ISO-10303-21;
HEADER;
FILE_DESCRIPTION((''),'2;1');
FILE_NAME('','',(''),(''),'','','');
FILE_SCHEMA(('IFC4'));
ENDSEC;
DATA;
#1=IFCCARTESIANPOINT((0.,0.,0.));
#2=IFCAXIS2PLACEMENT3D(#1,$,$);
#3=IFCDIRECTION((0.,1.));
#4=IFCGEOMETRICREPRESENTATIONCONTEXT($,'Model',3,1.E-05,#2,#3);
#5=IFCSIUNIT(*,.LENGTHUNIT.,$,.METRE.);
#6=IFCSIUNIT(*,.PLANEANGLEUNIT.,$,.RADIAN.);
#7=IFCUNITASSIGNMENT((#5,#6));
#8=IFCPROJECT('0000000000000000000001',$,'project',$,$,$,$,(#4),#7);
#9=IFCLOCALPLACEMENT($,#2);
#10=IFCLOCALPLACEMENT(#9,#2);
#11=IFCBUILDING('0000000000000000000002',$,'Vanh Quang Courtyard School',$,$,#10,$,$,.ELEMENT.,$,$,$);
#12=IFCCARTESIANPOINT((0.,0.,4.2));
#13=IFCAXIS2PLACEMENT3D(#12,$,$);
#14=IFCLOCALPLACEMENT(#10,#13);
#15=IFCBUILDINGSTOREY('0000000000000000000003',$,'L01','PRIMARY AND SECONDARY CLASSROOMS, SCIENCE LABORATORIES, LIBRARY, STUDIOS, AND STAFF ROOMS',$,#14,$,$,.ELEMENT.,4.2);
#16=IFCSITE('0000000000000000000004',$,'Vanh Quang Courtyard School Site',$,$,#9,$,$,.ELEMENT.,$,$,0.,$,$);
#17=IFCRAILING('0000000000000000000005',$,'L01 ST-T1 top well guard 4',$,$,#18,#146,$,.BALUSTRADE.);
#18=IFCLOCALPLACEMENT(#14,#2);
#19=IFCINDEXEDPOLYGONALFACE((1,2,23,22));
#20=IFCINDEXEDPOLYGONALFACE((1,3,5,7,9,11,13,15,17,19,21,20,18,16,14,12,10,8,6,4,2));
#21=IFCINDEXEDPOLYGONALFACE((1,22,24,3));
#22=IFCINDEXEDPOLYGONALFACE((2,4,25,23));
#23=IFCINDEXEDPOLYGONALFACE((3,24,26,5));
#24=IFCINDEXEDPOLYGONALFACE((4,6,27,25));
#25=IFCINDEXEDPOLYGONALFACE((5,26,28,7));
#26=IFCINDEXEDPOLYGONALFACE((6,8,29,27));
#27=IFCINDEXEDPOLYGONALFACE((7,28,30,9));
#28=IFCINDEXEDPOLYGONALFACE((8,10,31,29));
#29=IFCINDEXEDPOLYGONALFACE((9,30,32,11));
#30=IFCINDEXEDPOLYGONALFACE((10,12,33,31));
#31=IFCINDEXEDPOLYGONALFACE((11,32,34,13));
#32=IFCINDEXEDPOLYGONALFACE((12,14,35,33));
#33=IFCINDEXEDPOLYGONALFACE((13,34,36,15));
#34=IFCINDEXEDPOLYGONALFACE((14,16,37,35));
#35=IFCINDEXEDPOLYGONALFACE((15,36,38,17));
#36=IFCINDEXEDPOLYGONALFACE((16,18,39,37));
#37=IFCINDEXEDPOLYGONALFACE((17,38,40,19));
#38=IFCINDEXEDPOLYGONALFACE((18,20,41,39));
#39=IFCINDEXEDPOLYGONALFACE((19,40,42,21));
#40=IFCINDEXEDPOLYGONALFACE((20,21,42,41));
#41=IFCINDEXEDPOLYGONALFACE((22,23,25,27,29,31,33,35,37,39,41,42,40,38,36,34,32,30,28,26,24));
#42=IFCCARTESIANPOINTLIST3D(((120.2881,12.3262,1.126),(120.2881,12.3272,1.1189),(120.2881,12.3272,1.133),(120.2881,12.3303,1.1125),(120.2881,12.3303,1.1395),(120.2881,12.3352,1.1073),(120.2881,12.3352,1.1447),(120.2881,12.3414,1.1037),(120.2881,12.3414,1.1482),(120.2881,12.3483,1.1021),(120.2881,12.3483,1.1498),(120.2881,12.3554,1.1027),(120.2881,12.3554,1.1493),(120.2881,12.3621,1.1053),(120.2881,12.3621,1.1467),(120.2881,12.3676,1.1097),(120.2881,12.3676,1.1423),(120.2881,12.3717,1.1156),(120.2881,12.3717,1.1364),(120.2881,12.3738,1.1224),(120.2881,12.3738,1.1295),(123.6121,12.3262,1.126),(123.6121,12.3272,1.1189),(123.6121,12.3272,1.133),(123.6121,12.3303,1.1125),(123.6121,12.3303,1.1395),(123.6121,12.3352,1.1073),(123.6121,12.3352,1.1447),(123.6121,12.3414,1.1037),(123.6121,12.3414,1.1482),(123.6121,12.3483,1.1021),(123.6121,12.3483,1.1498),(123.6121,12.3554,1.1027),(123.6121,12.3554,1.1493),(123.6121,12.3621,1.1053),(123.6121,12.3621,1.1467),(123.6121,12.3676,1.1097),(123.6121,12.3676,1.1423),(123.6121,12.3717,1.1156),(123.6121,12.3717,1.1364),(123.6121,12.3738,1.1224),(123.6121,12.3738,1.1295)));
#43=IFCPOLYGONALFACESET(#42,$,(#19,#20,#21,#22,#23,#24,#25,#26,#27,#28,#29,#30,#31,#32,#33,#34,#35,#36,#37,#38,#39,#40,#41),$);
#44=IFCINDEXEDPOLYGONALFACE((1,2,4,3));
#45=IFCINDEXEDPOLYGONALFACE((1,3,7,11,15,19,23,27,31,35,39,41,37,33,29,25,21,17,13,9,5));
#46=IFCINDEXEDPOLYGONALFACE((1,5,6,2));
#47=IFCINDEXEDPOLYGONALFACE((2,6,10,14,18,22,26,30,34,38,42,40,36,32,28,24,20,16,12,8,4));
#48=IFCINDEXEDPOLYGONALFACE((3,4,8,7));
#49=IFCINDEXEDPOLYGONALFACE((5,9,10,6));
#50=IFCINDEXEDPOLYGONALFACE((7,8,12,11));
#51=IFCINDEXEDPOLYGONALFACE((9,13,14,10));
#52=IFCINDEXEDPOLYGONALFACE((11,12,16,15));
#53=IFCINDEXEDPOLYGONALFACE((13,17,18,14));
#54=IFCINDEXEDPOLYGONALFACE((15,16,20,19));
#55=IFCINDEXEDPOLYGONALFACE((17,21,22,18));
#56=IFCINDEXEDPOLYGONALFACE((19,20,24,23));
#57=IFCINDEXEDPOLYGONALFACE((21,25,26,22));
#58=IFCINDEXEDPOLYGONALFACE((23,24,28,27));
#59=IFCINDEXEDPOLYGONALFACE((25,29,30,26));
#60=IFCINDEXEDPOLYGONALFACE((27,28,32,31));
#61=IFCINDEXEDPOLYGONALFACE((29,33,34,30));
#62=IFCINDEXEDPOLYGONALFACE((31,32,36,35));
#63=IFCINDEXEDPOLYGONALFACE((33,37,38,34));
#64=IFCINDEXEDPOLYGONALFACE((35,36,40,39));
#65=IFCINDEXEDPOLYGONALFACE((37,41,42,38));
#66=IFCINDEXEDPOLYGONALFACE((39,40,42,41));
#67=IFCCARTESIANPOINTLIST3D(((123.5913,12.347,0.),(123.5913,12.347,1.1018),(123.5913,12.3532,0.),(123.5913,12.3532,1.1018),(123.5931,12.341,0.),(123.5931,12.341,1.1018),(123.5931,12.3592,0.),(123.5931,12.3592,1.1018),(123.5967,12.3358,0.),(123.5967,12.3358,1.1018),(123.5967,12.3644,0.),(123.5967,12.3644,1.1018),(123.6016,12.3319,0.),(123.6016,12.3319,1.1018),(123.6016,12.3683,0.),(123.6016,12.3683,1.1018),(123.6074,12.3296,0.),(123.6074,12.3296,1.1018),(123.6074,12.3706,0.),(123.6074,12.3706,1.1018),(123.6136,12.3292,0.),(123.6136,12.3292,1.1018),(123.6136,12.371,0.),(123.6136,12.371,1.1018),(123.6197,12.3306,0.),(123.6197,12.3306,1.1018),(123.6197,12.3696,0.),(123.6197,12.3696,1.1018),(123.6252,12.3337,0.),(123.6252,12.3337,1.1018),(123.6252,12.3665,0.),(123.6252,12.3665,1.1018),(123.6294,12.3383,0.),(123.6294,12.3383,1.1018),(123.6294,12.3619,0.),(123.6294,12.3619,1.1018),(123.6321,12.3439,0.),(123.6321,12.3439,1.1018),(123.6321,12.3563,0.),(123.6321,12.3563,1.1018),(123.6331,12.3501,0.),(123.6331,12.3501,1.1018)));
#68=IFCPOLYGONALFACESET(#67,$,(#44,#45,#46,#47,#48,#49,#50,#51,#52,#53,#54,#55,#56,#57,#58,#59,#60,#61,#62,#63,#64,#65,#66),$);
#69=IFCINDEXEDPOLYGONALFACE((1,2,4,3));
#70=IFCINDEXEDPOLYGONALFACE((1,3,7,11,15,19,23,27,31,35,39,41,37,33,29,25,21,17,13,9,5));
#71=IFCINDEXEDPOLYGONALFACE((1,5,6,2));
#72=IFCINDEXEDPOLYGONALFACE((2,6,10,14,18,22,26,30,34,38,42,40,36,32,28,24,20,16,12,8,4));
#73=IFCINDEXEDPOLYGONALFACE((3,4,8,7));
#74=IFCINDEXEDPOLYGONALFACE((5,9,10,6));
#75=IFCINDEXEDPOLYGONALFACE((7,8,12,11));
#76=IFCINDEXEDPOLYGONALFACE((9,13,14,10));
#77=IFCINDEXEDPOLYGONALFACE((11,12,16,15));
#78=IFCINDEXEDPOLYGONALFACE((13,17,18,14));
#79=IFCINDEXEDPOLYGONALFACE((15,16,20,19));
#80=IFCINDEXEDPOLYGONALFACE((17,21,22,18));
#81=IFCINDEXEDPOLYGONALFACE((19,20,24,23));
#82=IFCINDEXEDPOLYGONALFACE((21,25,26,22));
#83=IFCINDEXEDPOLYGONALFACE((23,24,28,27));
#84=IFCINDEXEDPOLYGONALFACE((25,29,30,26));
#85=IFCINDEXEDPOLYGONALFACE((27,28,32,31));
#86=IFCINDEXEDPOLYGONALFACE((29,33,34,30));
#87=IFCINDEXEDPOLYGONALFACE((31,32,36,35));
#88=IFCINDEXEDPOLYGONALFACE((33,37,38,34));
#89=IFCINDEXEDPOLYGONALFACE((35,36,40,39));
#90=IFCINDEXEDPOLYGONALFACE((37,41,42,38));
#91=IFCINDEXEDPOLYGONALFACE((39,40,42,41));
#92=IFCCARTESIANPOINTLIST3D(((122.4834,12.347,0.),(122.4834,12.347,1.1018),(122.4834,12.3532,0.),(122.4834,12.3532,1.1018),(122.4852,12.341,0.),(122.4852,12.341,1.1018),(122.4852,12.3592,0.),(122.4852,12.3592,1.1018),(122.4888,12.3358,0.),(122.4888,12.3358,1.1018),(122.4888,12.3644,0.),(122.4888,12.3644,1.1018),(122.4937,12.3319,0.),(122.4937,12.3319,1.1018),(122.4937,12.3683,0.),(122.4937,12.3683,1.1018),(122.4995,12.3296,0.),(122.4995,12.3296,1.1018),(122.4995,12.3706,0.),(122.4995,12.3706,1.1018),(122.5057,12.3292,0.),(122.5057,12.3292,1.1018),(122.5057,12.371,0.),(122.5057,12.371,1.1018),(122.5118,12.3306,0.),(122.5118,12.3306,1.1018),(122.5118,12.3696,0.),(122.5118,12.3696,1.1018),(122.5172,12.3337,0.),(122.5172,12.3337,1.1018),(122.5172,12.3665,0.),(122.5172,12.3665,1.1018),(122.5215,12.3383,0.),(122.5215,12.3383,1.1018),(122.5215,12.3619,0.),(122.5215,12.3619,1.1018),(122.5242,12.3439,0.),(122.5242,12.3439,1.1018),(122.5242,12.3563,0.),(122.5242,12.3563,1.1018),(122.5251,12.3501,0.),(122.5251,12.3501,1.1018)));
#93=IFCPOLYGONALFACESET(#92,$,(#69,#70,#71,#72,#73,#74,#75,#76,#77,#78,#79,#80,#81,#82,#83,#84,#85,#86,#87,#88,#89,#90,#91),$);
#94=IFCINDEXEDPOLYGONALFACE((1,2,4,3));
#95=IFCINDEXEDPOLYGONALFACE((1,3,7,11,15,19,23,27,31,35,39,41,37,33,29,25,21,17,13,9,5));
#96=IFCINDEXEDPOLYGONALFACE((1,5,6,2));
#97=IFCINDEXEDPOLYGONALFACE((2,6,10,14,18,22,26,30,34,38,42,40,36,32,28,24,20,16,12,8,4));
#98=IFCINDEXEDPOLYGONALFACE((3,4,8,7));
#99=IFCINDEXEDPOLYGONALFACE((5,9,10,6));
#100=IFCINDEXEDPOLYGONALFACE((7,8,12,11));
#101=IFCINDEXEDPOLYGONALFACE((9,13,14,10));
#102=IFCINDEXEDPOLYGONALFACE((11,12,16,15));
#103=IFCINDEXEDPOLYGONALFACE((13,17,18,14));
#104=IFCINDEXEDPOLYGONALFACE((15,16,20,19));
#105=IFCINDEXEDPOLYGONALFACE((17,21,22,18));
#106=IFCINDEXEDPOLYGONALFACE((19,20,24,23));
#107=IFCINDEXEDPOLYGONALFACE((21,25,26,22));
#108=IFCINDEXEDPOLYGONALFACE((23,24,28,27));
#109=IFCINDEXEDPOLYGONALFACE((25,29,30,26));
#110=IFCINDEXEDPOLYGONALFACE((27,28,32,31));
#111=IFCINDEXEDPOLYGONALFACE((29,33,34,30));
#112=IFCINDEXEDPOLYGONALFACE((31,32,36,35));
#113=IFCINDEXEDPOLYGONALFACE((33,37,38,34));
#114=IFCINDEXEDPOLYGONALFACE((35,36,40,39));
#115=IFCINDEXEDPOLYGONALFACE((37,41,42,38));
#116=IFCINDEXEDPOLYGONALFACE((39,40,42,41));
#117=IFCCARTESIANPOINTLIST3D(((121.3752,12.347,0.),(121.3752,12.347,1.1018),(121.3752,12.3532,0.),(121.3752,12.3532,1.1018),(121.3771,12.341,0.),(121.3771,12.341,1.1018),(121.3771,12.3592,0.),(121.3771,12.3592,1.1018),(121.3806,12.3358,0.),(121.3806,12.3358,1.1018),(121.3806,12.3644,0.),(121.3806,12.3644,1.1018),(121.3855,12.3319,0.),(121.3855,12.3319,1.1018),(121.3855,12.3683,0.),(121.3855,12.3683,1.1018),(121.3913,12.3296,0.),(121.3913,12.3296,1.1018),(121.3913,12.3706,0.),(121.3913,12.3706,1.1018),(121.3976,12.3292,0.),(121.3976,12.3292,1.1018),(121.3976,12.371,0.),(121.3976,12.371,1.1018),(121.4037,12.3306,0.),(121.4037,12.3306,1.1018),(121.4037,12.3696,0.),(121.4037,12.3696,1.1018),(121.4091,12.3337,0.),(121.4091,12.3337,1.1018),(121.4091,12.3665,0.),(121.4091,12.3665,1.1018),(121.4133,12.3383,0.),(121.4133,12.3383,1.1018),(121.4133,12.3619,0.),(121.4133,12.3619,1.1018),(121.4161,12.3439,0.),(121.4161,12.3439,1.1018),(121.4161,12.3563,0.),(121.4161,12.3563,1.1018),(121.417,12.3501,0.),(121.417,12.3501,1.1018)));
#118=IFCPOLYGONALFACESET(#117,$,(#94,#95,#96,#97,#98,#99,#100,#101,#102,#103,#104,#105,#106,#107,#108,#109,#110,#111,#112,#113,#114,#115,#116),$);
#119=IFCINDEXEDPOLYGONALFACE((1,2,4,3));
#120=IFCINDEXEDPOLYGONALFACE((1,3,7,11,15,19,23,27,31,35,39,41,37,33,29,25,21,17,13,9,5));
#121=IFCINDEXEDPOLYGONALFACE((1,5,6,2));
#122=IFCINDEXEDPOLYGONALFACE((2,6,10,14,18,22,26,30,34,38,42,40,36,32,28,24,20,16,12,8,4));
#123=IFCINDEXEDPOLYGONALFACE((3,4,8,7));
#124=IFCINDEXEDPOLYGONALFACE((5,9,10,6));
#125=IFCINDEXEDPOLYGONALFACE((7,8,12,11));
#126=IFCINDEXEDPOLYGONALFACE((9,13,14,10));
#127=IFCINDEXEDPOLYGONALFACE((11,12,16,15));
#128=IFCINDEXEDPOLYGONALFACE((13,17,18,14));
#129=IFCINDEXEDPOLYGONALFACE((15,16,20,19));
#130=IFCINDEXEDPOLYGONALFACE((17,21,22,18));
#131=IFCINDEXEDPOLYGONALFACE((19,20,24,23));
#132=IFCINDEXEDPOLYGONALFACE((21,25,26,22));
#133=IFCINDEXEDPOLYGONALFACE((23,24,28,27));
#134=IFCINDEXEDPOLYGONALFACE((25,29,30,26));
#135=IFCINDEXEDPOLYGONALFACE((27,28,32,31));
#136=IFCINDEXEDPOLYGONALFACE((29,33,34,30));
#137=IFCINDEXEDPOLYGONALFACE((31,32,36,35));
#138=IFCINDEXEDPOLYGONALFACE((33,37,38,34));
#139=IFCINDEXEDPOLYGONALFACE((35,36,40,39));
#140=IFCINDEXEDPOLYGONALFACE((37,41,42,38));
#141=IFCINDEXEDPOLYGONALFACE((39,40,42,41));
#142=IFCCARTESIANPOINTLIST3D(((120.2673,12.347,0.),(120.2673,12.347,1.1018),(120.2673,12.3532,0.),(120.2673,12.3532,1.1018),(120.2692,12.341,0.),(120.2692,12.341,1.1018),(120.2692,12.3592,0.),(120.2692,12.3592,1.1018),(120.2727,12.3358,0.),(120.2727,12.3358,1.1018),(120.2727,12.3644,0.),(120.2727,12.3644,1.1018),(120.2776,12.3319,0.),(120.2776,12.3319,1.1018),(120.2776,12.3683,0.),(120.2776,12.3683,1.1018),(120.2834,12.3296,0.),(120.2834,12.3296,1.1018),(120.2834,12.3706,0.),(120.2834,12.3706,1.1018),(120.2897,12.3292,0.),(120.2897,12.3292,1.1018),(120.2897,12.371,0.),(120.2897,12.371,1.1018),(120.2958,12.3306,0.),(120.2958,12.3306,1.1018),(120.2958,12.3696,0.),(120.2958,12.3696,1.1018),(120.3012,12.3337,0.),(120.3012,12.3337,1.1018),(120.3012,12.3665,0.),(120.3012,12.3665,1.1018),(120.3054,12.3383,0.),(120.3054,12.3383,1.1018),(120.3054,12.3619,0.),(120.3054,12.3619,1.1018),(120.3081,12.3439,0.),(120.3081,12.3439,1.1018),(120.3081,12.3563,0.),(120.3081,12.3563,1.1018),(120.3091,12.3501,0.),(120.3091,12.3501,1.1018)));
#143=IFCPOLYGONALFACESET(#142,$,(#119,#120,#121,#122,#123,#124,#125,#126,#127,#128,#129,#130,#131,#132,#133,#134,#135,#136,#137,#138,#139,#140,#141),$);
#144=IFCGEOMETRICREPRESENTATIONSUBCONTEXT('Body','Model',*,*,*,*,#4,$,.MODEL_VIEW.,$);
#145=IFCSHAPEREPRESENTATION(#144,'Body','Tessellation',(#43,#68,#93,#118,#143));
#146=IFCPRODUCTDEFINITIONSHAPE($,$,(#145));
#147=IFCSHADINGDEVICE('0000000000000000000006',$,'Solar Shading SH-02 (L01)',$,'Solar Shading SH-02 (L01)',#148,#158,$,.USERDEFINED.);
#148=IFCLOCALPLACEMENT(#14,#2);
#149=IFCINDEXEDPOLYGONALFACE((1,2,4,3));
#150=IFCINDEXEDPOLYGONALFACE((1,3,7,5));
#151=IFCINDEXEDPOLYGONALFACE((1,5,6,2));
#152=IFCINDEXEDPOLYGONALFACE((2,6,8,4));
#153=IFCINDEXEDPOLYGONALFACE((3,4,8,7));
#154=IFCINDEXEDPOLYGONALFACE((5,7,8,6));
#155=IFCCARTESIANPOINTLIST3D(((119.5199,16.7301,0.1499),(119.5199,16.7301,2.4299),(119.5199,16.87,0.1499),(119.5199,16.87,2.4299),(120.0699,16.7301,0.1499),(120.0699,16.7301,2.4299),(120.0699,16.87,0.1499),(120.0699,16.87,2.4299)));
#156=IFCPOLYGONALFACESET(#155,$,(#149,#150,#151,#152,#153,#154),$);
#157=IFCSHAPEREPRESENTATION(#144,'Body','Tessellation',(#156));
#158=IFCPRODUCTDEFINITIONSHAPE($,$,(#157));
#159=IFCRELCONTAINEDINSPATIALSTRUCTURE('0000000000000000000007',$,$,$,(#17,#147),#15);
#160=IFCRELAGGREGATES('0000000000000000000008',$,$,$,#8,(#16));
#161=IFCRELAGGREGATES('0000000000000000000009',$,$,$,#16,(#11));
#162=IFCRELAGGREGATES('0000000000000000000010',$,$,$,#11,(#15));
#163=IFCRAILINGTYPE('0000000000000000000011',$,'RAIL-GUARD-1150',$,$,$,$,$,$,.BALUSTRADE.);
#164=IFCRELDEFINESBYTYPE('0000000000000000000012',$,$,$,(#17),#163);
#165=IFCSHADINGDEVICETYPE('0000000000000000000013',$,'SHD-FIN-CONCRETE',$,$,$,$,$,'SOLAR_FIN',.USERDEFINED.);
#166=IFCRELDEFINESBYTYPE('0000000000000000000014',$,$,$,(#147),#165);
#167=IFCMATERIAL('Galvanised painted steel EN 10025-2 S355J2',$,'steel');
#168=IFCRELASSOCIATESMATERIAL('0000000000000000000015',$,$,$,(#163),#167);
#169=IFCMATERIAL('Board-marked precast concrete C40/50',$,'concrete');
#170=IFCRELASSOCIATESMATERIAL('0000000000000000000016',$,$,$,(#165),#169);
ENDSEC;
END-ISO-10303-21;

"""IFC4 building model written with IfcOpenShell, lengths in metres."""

from ifc_helpers import new_model, si_unit, direction, frame, origin, origin_2d, place, context, subcontext, project, spatial, rectangle, circle, extrude, material, type_object, element, save


model = new_model("IFC4")

# Units and contexts
model_context = context("Model", 3, precision=1e-05, world=origin(), true_north=direction((0.0, 1.0)))
body_context = subcontext(model_context, "Body", "Model", "MODEL_VIEW")
ifc_project = project(units=[si_unit("LENGTHUNIT", "METRE"), si_unit("PLANEANGLEUNIT", "RADIAN")], contexts=[model_context])

# Site, building, storey
site_placement = place(None, origin())
site = spatial("IfcSite", under=ifc_project, at=site_placement, Name="Vanh Quang Courtyard School Site", CompositionType="ELEMENT", RefElevation=0.0)
building_placement = place(site_placement, origin())
building = spatial("IfcBuilding", under=site, at=building_placement, Name="Vanh Quang Courtyard School", CompositionType="ELEMENT")
storey_placement = place(building_placement, frame((0.0, 0.0, 4.2)))
storey = spatial("IfcBuildingStorey", under=building, at=storey_placement, Name="L01", Description="PRIMARY AND SECONDARY CLASSROOMS, SCIENCE LABORATORIES, LIBRARY, STUDIOS, AND STAFF ROOMS", CompositionType="ELEMENT", Elevation=4.2)

# Shared definitions
ifc_material_1 = material(Name="Board-marked precast concrete C40/50", Category="concrete")

# Railing
ifc_material_2 = material(Name="Galvanised painted steel EN 10025-2 S355J2", Category="steel")
railing_type = type_object("IfcRailingType", Name="RAIL-GUARD-1150", PredefinedType="BALUSTRADE", material=ifc_material_2)
railing_1_placement = place(storey_placement, frame((123.6121, 12.3501, 0.0)))
element("IfcRailing", 1, at=railing_1_placement, inside=storey, type_object=railing_type, Name="L01 ST-T1 top well guard 4", PredefinedType="BALUSTRADE", context=body_context, shape_type="SweptSolid", body=[
    extrude(circle(Radius=0.0239, at=origin_2d()), frame((0.0, 0.0, 1.126), z_axis=(-1.0, 0.0, 0.0), x_axis=(0.0, -1.0, 0.0)), (0.0, 0.0, 1.0), 3.324),
    extrude(circle(Radius=0.021, at=origin_2d()), origin(), (0.0, 0.0, 1.0), 1.1018),
    extrude(circle(Radius=0.021, at=origin_2d()), frame((-1.1079, 0.0, 0.0)), (0.0, 0.0, 1.0), 1.1018),
    extrude(circle(Radius=0.021, at=origin_2d()), frame((-2.2161, 0.0, 0.0)), (0.0, 0.0, 1.0), 1.1018),
    extrude(circle(Radius=0.021, at=origin_2d()), frame((-3.324, 0.0, 0.0)), (0.0, 0.0, 1.0), 1.1018),
])

# Shading device
shading_device_type = type_object("IfcShadingDeviceType", Name="SHD-FIN-CONCRETE", ElementType="SOLAR_FIN", PredefinedType="USERDEFINED", material=ifc_material_1)
shading_device_placement = place(storey_placement, frame((119.7949, 16.8, 0.1499), z_axis=(0.0, 0.0, 1.0), x_axis=(0.0, -1.0, 0.0)))
element("IfcShadingDevice", 2, at=shading_device_placement, inside=storey, type_object=shading_device_type, Name="Solar Shading SH-02 (L01)", ObjectType="Solar Shading SH-02 (L01)", PredefinedType="USERDEFINED", context=body_context, shape_type="SweptSolid", body=[
    extrude(rectangle(XDim=0.1399, YDim=0.55, at=origin_2d()), origin(), (0.0, 0.0, 1.0), 2.28),
])

save(model, "model.ifc")
